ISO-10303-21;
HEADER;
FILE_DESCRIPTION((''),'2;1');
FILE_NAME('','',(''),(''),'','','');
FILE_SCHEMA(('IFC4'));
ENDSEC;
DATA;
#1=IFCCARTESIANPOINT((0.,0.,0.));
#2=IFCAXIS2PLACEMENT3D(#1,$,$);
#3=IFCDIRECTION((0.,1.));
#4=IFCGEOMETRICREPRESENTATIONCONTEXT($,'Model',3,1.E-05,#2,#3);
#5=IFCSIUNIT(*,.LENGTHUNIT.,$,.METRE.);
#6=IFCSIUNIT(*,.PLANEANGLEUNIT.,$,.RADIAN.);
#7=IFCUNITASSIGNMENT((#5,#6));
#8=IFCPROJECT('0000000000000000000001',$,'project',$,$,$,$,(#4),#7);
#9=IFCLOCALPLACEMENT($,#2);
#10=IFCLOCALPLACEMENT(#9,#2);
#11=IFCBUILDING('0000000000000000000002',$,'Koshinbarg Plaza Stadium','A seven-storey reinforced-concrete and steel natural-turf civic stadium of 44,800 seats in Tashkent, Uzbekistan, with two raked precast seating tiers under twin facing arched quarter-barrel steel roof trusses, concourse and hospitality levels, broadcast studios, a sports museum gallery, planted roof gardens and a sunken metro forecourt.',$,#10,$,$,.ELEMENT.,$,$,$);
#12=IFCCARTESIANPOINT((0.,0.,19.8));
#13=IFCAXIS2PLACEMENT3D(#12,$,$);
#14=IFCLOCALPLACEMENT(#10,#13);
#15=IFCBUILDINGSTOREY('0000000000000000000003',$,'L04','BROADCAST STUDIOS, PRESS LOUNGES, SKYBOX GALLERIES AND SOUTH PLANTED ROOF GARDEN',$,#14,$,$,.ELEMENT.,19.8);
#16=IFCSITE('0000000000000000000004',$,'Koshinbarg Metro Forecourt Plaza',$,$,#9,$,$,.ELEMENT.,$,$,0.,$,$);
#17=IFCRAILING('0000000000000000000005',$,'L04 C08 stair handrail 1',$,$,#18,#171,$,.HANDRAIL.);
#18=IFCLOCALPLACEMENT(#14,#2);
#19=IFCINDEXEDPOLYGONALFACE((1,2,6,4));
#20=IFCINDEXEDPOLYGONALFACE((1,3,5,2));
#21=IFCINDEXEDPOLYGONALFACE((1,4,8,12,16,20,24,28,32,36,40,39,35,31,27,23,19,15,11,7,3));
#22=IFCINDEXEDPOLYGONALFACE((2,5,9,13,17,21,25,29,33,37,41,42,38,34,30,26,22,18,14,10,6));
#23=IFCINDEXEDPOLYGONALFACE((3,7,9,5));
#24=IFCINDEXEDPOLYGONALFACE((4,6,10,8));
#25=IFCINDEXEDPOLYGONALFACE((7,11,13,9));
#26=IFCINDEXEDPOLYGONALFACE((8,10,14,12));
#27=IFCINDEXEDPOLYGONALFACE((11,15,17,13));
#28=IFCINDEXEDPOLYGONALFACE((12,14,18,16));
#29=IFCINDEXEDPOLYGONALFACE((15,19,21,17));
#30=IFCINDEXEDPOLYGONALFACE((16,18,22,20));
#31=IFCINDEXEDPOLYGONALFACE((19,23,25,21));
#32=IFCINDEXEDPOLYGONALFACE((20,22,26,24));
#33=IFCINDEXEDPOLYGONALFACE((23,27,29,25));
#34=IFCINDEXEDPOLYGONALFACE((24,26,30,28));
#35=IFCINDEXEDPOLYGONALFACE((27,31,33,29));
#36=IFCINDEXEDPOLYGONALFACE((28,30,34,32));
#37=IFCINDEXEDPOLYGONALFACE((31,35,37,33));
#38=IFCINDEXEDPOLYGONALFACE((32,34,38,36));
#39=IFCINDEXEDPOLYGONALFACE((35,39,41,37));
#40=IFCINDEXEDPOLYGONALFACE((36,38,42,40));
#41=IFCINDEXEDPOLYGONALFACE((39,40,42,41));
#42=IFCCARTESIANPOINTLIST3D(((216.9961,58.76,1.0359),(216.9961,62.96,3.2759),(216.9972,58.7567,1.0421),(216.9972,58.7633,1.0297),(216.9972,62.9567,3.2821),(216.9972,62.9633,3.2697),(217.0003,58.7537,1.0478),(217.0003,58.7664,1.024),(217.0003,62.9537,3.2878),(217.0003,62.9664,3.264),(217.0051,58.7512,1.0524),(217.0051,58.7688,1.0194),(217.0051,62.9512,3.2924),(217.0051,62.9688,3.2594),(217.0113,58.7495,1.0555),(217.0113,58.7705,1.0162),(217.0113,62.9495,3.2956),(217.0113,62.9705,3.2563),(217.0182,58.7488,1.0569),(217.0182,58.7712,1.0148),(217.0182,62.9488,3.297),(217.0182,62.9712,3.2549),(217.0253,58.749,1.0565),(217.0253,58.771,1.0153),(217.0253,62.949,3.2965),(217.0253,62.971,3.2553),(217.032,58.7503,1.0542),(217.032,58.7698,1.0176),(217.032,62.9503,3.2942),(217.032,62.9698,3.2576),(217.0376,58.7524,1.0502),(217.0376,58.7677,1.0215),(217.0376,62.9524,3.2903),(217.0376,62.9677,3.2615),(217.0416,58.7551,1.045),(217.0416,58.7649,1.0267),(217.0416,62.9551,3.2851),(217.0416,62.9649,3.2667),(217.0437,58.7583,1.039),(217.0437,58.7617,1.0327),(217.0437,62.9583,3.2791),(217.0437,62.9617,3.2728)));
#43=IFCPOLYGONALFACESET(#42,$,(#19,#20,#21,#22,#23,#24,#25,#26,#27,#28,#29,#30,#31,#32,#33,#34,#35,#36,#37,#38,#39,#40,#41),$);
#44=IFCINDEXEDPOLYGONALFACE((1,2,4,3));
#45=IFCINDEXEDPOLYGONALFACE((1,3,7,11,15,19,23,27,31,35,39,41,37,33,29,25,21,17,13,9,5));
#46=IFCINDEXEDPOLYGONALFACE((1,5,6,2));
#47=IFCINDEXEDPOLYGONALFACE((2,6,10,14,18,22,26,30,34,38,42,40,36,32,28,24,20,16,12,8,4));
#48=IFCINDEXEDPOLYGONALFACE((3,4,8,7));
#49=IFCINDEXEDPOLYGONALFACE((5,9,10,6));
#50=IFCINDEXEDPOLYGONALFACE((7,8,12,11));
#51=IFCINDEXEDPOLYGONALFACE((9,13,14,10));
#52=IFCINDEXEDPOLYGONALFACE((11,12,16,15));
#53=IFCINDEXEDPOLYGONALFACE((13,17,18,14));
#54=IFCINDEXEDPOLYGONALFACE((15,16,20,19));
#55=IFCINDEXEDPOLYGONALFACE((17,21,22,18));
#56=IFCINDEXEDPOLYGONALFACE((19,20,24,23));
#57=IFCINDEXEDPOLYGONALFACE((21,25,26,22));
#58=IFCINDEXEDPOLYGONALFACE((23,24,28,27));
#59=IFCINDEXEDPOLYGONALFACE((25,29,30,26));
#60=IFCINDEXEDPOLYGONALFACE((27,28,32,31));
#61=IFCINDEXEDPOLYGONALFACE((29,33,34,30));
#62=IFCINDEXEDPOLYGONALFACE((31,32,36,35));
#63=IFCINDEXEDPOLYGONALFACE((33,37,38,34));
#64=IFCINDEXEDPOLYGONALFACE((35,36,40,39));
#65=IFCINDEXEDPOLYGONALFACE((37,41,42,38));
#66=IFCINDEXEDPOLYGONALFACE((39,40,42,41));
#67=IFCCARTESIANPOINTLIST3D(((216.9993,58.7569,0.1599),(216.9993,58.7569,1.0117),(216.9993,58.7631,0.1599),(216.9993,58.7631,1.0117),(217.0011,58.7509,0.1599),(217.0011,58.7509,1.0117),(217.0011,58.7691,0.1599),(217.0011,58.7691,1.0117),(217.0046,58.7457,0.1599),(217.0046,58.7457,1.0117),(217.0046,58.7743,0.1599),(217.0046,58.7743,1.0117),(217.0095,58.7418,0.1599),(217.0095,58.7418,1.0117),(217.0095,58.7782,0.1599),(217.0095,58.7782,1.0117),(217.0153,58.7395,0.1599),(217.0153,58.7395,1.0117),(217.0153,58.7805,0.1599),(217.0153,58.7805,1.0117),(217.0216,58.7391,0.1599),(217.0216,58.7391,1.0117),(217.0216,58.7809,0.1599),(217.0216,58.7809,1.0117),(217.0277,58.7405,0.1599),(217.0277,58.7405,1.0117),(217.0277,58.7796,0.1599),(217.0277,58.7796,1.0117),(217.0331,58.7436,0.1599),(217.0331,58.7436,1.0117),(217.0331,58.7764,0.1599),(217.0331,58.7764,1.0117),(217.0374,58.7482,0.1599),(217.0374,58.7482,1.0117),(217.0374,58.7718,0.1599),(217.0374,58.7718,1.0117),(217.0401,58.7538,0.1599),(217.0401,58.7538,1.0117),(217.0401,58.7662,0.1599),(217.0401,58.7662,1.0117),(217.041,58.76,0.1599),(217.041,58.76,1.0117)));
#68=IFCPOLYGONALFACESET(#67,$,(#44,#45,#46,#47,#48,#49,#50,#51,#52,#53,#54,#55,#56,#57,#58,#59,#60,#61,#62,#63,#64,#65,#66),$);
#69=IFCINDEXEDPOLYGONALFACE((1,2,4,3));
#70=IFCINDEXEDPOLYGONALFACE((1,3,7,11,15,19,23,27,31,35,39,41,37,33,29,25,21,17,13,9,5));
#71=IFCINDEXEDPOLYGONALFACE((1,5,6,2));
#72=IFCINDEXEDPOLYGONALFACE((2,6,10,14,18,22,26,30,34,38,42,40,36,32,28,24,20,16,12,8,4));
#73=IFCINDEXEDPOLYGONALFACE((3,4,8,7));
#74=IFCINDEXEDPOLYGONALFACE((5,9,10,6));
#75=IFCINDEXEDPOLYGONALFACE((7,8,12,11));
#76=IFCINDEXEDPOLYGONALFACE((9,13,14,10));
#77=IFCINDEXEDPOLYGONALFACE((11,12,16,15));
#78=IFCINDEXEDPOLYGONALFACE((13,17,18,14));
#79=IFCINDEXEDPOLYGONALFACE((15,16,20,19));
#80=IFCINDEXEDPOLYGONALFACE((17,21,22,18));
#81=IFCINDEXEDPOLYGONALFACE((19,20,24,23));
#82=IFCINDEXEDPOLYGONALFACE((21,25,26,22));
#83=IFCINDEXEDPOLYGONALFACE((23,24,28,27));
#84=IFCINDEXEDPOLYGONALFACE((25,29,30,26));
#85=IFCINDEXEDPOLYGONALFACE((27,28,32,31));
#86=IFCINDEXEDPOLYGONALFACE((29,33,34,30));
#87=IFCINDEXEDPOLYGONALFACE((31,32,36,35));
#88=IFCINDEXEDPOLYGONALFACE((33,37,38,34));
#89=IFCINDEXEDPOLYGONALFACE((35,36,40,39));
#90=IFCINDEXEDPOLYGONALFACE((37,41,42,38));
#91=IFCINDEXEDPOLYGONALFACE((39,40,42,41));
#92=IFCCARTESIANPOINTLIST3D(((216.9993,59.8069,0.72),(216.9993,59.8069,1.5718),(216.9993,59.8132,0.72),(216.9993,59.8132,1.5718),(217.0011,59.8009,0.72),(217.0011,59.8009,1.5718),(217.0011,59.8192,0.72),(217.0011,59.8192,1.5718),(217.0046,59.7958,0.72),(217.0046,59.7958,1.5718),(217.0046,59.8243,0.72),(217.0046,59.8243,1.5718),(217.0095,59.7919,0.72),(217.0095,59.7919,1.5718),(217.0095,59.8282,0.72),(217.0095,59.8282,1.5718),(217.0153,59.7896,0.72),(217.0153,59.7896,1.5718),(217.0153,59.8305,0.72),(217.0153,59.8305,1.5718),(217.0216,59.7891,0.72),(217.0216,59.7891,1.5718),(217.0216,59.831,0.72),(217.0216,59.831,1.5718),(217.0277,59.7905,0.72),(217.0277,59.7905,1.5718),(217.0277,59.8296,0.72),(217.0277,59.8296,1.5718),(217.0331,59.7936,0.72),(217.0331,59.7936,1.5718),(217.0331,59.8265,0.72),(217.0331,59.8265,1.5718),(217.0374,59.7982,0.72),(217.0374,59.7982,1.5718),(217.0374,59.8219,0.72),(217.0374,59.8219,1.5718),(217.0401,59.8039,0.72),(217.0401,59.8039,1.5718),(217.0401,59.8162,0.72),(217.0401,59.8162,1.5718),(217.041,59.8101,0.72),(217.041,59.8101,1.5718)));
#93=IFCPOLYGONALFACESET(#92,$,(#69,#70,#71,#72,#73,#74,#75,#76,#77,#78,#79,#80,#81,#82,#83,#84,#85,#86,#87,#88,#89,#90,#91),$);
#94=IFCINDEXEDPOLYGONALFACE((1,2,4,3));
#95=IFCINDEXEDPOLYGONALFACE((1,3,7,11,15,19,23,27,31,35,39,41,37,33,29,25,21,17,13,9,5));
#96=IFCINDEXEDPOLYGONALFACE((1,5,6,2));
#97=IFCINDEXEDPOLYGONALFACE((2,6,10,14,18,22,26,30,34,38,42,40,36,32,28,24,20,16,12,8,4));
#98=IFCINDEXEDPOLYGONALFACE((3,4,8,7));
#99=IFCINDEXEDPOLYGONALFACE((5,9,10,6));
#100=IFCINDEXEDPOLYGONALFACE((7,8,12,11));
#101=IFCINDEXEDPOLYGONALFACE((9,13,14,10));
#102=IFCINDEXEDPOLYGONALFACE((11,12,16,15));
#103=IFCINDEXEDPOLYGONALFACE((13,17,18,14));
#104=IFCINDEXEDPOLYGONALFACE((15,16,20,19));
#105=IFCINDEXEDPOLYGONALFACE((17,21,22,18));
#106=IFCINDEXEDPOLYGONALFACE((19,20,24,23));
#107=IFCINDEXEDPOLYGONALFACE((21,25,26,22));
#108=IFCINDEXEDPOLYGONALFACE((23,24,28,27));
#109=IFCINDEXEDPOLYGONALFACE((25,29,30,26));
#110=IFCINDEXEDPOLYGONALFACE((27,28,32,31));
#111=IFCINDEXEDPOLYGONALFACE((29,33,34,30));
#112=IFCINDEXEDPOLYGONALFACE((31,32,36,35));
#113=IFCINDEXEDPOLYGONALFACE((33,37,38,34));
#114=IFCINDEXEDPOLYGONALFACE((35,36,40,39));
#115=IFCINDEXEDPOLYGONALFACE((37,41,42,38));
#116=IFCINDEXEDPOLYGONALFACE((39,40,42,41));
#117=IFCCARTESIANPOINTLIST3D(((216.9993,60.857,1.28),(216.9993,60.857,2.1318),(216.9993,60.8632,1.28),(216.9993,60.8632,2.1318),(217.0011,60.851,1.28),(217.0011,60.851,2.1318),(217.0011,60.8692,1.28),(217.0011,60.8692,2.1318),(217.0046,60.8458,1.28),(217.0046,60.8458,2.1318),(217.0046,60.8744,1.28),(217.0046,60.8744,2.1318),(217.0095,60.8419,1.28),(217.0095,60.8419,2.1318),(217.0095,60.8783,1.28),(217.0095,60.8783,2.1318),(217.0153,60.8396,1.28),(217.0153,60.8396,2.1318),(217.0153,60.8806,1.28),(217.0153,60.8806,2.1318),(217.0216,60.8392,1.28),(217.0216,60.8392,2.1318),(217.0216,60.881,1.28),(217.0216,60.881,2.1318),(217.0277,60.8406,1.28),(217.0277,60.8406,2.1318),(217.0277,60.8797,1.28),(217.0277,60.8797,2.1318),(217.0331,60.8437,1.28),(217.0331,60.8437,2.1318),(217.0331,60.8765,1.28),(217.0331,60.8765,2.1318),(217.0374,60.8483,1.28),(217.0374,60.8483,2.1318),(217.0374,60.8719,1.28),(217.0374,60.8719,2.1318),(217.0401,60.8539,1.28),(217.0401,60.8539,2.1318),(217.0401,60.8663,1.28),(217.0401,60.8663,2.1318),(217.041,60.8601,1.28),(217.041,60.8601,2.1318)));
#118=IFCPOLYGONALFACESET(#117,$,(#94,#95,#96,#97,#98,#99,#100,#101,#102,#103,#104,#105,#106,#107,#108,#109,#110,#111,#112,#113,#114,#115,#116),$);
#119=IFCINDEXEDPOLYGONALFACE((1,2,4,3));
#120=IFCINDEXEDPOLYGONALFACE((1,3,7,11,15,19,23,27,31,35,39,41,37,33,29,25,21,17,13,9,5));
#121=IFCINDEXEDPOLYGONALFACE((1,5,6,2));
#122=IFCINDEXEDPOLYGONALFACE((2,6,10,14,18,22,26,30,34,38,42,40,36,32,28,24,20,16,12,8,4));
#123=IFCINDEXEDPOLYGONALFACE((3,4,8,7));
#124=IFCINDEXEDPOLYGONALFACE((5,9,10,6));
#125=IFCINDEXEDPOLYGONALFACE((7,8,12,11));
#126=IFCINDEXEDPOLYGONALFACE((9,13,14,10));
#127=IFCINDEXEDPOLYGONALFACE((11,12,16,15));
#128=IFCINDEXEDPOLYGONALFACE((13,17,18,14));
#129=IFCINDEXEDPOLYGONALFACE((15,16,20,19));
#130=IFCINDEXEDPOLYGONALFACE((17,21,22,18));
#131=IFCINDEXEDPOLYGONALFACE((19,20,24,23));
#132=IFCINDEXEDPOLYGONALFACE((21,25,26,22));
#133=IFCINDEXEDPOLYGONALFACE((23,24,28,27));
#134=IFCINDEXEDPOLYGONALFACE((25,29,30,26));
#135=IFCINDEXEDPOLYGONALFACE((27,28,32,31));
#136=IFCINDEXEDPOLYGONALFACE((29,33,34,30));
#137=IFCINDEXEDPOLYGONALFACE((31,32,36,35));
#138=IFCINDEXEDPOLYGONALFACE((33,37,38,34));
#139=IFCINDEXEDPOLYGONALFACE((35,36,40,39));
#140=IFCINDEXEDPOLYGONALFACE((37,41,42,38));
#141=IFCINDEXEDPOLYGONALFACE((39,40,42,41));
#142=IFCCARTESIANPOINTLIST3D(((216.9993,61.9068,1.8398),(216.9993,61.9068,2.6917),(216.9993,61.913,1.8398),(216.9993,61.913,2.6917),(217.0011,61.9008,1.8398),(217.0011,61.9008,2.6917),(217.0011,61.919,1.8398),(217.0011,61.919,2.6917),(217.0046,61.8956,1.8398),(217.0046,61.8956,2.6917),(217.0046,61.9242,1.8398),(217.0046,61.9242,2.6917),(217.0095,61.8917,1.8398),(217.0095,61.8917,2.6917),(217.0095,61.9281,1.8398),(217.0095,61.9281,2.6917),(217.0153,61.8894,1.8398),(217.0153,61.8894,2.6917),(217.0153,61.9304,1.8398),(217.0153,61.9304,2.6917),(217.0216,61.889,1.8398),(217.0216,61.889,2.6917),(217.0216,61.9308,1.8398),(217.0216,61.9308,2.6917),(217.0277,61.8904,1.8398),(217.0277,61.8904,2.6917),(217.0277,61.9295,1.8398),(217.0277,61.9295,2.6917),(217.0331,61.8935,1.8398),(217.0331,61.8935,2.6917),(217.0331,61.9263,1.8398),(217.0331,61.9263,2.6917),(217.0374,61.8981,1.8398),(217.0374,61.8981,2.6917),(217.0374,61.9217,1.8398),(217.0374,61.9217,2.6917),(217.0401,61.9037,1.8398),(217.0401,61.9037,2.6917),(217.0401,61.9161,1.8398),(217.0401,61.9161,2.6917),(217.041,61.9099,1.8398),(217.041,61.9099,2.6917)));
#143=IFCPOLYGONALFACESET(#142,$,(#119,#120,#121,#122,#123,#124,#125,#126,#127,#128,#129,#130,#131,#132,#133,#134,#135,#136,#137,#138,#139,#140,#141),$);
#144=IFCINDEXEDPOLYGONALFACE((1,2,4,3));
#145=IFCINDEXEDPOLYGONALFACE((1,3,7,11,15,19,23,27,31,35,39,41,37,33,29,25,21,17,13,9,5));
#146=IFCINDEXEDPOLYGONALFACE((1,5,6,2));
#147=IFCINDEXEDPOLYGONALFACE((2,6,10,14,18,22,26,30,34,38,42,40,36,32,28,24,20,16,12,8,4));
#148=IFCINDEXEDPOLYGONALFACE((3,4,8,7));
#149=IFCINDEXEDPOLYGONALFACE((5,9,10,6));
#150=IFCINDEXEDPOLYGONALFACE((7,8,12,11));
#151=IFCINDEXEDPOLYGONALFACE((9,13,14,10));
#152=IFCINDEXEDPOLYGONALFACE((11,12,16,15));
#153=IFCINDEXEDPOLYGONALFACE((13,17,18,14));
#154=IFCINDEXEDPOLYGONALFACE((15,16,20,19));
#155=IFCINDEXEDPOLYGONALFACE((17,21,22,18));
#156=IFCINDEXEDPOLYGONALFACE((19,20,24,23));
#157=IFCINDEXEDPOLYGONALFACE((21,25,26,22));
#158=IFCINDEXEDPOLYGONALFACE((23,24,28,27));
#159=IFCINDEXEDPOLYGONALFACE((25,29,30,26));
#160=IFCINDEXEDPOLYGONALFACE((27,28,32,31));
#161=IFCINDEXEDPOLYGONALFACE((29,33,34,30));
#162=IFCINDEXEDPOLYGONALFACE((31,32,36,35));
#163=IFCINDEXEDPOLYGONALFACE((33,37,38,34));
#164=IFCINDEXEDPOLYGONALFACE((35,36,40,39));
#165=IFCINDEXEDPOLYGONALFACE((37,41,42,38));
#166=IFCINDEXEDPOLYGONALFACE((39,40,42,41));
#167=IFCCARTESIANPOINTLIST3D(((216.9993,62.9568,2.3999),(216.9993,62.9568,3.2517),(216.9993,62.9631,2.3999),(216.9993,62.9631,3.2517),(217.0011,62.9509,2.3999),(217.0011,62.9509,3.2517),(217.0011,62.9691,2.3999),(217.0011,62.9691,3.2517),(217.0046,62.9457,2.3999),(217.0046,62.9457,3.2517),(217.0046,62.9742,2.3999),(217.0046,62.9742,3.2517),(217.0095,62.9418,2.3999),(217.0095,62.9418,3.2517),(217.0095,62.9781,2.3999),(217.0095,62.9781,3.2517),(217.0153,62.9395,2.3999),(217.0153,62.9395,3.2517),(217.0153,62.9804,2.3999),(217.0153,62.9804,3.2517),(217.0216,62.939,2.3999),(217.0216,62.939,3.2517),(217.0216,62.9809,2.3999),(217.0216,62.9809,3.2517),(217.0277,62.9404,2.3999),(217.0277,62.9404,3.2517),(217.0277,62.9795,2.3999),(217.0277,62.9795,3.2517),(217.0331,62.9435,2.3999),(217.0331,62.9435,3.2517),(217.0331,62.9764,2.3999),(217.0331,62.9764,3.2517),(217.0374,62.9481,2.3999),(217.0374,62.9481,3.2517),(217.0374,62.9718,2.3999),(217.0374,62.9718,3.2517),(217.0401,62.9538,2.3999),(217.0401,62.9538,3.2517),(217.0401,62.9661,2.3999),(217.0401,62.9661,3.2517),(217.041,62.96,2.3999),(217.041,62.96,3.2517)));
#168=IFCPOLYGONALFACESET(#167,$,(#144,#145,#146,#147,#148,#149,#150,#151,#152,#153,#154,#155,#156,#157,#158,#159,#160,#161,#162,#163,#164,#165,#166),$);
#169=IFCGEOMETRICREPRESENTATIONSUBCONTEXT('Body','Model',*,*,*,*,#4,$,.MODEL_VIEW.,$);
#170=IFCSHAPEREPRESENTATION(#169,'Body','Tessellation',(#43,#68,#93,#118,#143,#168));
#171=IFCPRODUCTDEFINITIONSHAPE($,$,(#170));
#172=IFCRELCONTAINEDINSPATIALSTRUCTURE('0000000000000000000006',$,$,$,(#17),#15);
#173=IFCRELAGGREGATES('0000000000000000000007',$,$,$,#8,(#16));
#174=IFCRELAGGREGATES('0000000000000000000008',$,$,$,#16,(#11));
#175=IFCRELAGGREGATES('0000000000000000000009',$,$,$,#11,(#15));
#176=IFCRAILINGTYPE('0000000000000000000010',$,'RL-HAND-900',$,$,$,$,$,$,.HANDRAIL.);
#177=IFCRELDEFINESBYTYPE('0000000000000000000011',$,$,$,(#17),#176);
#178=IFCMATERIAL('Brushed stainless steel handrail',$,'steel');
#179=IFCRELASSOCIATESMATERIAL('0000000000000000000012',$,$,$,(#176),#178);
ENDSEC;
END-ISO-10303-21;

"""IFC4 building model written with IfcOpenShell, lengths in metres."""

from ifc_helpers import new_model, si_unit, direction, frame, origin, origin_2d, place, context, subcontext, project, spatial, circle, extrude, material, type_object, element, save


model = new_model("IFC4")

# Units and contexts
model_context = context("Model", 3, precision=1e-05, world=origin(), true_north=direction((0.0, 1.0)))
body_context = subcontext(model_context, "Body", "Model", "MODEL_VIEW")
ifc_project = project(units=[si_unit("LENGTHUNIT", "METRE"), si_unit("PLANEANGLEUNIT", "RADIAN")], contexts=[model_context])

# Site, building, storey
site_placement = place(None, origin())
site = spatial("IfcSite", under=ifc_project, at=site_placement, Name="Koshinbarg Metro Forecourt Plaza", CompositionType="ELEMENT", RefElevation=0.0)
building_placement = place(site_placement, origin())
building = spatial("IfcBuilding", under=site, at=building_placement, Name="Koshinbarg Plaza Stadium", Description="A seven-storey reinforced-concrete and steel natural-turf civic stadium of 44,800 seats in Tashkent, Uzbekistan, with two raked precast seating tiers under twin facing arched quarter-barrel steel roof trusses, concourse and hospitality levels, broadcast studios, a sports museum gallery, planted roof gardens and a sunken metro forecourt.", CompositionType="ELEMENT")
storey_placement = place(building_placement, frame((0.0, 0.0, 19.8)))
storey = spatial("IfcBuildingStorey", under=building, at=storey_placement, Name="L04", Description="BROADCAST STUDIOS, PRESS LOUNGES, SKYBOX GALLERIES AND SOUTH PLANTED ROOF GARDEN", CompositionType="ELEMENT", Elevation=19.8)

# Railing
ifc_material_1 = material(Name="Brushed stainless steel handrail", Category="steel")
railing_type_1 = type_object("IfcRailingType", Name="RL-HAND-900", PredefinedType="HANDRAIL", material=ifc_material_1)
railing_1_placement = place(storey_placement, frame((217.02, 58.76, 0.1599)))
element("IfcRailing", 1, at=railing_1_placement, inside=storey, type_object=railing_type_1, Name="L04 C08 stair handrail 1", PredefinedType="HANDRAIL", context=body_context, shape_type="SweptSolid", body=[
    extrude(circle(Radius=0.0239, at=origin_2d()), frame((0.0, 0.0, 0.876), z_axis=(0.0, 0.882352, 0.470591), x_axis=(-1.0, 0.0, 0.0)), (0.0, 0.0, 1.0), 4.76),
    extrude(circle(Radius=0.021, at=origin_2d()), origin(), (0.0, 0.0, 1.0), 0.8518),
    extrude(circle(Radius=0.021, at=origin_2d()), frame((0.0, 1.05, 0.5601)), (0.0, 0.0, 1.0), 0.8518),
    extrude(circle(Radius=0.021, at=origin_2d()), frame((0.0, 2.1001, 1.1201)), (0.0, 0.0, 1.0), 0.8518),
    extrude(circle(Radius=0.021, at=origin_2d()), frame((0.0, 3.1499, 1.6799)), (0.0, 0.0, 1.0), 0.8518),
    extrude(circle(Radius=0.021, at=origin_2d()), frame((0.0, 4.2, 2.24)), (0.0, 0.0, 1.0), 0.8518),
])

save(model, "model.ifc")
